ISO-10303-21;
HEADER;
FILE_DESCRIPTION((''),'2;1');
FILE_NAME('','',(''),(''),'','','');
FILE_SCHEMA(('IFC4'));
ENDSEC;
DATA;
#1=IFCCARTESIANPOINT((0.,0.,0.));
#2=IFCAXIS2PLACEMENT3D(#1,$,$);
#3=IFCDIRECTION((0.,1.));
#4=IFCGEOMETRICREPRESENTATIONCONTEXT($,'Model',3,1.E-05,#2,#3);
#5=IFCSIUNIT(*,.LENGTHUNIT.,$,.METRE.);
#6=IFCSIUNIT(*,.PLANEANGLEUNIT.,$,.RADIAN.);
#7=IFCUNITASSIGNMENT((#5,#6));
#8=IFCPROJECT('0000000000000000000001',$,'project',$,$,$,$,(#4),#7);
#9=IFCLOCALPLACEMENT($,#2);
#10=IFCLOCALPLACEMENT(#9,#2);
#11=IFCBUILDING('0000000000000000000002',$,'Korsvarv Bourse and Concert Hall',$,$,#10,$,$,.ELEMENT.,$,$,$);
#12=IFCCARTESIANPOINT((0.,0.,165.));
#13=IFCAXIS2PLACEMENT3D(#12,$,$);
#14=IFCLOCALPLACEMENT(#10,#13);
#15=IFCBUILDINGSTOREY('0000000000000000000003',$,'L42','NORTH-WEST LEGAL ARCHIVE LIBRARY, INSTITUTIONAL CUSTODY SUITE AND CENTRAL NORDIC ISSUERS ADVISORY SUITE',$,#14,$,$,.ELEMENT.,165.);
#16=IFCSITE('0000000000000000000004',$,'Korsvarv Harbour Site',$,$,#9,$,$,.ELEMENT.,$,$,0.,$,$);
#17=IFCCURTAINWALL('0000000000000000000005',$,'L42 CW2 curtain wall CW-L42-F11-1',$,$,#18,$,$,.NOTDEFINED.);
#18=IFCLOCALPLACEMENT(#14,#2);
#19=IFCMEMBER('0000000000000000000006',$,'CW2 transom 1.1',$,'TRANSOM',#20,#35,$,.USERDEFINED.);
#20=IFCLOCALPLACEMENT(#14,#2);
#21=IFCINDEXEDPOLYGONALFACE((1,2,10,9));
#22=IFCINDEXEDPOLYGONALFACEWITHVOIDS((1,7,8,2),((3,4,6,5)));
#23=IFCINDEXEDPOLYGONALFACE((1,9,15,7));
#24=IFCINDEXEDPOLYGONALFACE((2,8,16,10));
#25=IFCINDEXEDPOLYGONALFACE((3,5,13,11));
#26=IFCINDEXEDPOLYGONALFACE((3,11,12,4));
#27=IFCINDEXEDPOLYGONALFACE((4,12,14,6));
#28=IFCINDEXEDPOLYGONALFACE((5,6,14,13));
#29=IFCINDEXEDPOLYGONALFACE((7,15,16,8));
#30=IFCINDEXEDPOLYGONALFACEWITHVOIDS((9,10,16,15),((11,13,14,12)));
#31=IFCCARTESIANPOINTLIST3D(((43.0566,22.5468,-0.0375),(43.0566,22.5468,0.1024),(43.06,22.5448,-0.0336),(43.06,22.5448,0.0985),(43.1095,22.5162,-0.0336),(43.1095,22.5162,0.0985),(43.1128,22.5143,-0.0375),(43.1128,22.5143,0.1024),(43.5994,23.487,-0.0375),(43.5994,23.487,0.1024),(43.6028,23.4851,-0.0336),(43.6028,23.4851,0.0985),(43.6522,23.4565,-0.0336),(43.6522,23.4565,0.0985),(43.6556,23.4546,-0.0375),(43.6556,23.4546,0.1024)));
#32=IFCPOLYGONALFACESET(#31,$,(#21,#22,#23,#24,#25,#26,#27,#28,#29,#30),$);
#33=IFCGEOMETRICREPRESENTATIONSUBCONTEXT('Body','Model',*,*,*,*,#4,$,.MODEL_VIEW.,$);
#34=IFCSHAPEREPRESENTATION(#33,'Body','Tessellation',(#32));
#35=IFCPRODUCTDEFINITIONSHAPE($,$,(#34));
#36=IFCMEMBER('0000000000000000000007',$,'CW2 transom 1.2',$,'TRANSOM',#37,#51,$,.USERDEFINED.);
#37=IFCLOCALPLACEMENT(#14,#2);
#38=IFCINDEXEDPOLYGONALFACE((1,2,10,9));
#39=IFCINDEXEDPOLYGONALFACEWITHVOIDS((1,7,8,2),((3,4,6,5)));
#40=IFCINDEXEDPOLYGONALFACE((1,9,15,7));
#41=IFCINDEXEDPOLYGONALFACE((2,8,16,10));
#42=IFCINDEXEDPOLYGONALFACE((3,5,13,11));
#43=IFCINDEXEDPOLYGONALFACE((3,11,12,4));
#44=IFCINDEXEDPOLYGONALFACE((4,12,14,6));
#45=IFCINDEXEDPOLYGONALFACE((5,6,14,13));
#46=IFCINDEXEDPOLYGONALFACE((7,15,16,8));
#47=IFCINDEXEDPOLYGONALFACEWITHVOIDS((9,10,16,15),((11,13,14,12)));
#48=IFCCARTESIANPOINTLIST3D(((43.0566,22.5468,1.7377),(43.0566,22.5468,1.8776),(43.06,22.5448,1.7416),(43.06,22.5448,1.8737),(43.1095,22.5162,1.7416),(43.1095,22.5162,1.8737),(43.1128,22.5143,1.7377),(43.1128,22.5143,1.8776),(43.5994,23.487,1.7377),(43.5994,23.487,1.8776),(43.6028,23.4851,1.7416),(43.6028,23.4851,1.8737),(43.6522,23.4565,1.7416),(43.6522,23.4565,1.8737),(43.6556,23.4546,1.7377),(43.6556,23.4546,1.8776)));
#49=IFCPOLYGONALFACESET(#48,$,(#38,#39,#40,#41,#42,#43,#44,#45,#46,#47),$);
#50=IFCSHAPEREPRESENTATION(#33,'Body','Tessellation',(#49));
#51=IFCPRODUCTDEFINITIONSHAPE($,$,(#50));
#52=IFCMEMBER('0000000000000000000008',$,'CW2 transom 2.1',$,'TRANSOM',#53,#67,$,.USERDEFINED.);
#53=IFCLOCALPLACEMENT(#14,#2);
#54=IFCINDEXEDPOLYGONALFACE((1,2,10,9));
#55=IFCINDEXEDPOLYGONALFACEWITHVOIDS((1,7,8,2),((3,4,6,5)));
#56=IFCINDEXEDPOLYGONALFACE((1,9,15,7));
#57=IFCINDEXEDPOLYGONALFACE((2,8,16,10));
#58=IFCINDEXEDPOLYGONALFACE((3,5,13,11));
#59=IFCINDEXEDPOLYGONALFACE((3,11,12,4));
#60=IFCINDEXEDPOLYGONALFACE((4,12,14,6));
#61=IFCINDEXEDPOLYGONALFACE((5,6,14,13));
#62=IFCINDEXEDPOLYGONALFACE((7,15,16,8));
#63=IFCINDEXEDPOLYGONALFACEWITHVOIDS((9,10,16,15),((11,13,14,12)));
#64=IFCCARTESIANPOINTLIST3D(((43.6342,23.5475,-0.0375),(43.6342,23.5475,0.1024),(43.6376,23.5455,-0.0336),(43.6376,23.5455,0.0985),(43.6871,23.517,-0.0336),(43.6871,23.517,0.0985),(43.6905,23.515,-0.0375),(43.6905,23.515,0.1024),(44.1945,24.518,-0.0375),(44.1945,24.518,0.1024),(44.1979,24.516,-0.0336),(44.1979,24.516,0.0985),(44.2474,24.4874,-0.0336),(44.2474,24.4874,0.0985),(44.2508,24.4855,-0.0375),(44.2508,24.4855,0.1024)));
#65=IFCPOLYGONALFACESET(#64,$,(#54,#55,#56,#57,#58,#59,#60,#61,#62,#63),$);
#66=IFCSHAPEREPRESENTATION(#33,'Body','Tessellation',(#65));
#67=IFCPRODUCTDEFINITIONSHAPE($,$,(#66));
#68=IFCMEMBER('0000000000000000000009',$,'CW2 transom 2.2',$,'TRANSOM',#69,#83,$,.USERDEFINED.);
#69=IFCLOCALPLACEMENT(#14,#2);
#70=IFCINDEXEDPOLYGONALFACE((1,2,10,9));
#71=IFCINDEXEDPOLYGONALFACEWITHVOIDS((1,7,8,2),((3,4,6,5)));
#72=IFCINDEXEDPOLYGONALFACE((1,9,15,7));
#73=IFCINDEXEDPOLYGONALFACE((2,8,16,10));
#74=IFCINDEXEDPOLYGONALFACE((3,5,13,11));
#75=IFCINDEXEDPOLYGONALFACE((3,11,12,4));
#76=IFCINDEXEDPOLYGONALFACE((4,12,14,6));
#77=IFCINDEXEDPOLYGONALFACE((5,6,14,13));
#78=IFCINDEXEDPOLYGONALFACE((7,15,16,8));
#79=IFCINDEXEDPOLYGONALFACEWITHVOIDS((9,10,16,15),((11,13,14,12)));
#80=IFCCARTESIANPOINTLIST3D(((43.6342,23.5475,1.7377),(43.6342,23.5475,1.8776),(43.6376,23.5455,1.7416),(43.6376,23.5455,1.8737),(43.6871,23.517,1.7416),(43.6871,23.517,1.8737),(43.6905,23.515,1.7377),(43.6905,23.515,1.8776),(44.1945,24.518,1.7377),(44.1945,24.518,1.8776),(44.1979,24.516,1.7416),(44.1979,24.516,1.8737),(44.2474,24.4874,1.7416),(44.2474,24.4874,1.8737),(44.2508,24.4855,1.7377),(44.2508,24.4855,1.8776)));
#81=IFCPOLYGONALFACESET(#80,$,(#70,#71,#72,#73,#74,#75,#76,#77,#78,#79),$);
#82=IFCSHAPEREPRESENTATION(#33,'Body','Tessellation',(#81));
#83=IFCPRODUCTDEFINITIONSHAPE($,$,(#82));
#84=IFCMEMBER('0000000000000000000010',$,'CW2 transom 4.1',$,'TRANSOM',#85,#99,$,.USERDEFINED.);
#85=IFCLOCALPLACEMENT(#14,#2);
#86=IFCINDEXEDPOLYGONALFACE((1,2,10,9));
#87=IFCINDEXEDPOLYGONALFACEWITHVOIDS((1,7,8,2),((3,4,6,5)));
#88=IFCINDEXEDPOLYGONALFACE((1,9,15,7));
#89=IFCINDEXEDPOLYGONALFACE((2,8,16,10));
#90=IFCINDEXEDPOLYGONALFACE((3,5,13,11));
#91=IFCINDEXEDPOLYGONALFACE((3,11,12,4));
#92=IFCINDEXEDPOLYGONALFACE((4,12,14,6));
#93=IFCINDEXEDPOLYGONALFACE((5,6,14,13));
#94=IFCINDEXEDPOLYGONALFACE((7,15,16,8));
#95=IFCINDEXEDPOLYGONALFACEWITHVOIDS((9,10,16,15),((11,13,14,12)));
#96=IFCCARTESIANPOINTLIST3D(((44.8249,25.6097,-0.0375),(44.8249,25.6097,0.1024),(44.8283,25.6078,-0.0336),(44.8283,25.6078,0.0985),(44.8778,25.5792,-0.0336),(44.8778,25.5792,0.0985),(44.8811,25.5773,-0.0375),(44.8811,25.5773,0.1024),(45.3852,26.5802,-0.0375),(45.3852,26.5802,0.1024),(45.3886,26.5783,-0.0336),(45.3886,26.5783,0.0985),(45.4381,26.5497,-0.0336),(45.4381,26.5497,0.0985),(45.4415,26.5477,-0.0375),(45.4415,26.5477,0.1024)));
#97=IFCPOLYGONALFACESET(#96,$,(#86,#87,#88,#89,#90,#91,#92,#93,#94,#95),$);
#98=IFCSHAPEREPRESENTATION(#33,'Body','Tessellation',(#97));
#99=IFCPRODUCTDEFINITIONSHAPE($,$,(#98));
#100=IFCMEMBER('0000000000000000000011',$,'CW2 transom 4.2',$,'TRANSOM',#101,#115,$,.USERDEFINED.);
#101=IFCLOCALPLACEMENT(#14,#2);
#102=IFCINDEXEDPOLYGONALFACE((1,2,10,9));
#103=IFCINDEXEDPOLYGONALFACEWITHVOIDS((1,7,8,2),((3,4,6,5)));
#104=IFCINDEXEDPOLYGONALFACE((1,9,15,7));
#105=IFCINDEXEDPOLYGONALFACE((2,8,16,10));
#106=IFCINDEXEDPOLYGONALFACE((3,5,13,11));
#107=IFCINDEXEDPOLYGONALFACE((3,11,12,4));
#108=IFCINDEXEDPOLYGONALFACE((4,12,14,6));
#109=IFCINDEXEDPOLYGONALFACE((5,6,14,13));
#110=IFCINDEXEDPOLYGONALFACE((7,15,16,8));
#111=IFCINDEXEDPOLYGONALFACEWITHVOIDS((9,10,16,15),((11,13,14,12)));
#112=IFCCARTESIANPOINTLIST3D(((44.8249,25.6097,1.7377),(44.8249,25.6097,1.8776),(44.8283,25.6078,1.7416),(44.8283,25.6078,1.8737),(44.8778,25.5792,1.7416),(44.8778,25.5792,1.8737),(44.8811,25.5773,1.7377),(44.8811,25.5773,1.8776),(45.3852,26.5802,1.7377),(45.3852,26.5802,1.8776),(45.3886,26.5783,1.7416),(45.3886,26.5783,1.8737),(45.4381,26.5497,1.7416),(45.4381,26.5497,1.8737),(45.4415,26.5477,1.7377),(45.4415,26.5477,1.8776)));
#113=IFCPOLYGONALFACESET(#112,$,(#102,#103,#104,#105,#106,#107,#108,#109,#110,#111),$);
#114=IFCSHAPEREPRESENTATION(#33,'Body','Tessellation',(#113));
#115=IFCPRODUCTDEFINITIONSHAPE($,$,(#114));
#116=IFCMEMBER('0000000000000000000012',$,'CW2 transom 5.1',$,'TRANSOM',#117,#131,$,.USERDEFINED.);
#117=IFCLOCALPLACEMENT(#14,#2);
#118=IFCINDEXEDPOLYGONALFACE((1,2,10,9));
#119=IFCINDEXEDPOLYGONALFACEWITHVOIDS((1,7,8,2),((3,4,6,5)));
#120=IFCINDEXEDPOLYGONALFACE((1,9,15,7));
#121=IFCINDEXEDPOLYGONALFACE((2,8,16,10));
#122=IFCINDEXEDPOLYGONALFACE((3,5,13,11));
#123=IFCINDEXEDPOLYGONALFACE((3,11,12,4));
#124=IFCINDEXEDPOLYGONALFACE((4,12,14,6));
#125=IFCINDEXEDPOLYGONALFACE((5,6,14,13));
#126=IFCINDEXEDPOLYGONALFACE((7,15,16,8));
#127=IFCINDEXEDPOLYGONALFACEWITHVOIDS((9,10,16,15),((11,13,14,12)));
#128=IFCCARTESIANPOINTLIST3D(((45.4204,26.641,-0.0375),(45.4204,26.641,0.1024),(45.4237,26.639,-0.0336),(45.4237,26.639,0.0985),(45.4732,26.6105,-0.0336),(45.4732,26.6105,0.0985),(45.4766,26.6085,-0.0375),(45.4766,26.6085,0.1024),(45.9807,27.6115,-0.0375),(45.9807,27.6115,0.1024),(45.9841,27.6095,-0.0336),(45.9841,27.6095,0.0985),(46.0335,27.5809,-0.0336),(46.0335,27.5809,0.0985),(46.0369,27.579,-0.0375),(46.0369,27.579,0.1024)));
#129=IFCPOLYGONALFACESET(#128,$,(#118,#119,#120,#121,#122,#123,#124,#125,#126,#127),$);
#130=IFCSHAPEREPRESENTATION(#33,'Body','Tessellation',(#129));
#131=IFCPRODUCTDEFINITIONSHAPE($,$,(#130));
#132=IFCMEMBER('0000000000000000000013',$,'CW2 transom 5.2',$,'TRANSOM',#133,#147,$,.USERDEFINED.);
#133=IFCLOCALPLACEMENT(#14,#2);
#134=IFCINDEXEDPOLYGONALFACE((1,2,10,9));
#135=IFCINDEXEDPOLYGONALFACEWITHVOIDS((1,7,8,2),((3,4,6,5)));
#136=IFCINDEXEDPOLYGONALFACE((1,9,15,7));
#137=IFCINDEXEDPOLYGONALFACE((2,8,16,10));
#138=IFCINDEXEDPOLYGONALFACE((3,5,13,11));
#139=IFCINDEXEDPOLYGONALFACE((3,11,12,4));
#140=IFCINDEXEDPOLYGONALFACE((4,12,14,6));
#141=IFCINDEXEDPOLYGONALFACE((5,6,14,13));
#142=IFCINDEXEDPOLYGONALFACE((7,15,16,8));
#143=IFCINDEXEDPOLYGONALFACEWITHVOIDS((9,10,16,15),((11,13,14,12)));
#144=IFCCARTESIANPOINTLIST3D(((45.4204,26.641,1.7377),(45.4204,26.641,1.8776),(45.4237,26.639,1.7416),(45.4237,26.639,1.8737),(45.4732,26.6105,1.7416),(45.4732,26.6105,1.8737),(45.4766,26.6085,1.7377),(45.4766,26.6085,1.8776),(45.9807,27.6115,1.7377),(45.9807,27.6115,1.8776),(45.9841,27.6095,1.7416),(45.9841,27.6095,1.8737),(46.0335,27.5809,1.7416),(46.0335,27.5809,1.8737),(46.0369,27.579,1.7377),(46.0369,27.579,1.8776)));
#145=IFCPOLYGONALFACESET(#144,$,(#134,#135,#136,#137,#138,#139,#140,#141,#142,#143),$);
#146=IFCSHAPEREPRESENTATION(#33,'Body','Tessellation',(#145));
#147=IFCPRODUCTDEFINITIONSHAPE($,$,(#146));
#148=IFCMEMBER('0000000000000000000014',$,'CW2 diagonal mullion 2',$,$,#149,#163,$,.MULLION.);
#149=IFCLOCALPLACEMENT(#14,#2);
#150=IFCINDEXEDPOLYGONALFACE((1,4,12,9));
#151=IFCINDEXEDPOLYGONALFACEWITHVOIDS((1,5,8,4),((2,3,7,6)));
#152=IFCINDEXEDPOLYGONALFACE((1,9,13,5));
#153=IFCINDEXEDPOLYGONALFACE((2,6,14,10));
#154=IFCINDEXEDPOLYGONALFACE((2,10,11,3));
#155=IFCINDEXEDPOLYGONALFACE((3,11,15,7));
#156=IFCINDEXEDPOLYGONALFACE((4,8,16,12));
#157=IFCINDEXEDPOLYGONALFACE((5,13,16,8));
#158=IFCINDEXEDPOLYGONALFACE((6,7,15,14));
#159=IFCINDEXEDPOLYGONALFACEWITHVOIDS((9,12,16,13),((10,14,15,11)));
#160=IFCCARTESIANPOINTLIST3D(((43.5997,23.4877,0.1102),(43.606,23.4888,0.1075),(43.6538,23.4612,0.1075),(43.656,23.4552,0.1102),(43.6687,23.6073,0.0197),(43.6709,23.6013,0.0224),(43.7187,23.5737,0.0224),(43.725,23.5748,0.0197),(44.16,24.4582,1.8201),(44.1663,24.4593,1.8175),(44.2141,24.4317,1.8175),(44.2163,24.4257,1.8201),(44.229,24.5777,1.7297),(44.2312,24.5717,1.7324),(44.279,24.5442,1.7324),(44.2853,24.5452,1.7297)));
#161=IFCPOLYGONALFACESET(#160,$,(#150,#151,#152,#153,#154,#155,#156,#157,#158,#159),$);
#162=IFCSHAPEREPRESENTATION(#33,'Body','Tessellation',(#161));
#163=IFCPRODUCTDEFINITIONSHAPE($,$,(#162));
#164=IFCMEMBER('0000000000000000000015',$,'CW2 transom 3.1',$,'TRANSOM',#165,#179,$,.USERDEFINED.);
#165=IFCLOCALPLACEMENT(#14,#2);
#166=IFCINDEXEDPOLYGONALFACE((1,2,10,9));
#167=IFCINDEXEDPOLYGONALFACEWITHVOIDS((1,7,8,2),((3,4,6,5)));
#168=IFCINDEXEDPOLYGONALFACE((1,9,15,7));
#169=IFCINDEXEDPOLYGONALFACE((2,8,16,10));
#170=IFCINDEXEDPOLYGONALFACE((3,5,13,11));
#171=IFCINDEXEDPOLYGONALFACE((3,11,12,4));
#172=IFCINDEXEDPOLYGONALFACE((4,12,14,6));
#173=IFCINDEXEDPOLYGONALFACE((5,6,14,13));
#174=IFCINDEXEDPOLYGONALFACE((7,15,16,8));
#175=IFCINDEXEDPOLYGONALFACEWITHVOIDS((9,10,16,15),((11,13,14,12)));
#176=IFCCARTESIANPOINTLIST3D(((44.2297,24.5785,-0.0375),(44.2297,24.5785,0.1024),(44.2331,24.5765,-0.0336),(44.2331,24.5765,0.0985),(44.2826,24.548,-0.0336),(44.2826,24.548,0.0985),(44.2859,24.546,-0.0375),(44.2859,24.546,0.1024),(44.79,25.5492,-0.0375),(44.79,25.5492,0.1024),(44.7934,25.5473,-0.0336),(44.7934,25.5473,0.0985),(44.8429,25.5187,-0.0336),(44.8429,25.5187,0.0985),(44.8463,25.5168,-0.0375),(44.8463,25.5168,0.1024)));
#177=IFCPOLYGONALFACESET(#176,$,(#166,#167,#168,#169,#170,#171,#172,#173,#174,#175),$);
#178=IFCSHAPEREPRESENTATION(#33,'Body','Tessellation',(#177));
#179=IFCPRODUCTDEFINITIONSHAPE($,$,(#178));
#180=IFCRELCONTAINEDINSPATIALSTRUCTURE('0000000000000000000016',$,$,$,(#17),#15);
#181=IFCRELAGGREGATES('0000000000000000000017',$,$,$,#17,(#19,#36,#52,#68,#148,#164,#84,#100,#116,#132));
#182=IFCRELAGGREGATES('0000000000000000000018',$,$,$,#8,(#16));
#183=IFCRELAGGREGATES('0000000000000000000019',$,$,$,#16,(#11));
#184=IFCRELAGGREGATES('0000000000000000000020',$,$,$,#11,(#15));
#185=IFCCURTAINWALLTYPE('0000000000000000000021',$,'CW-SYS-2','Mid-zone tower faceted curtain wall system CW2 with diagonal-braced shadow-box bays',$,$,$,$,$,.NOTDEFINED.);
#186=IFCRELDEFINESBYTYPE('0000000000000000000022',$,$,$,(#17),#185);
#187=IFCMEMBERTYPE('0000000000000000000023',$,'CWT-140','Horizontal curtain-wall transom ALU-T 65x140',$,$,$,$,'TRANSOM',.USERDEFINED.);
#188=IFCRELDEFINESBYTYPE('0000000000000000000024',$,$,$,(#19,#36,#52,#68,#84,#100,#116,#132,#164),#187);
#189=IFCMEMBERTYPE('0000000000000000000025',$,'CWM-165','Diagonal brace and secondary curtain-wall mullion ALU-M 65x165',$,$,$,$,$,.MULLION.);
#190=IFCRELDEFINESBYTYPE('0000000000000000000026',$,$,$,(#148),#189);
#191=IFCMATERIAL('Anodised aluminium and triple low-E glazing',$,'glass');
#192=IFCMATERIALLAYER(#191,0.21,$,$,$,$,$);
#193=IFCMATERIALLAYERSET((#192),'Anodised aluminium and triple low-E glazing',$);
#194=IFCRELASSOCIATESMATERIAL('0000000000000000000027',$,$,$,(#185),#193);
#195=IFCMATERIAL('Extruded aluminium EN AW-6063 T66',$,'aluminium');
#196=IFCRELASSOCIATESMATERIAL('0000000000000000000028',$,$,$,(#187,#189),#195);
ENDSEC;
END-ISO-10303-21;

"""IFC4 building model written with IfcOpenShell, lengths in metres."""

from ifc_helpers import new_model, si_unit, direction, frame, origin, origin_2d, place, context, subcontext, project, spatial, hollow_rectangle, extrude, source, transform, mapped, material, layer, layer_set, material_profile, profile_set, type_object, element, aggregate, save


model = new_model("IFC4")

# Units and contexts
model_context = context("Model", 3, precision=1e-05, world=origin(), true_north=direction((0.0, 1.0)))
body_context = subcontext(model_context, "Body", "Model", "MODEL_VIEW")
ifc_project = project(units=[si_unit("LENGTHUNIT", "METRE"), si_unit("PLANEANGLEUNIT", "RADIAN")], contexts=[model_context])

# Site, building, storey
site_placement = place(None, origin())
site = spatial("IfcSite", under=ifc_project, at=site_placement, Name="Korsvarv Harbour Site", CompositionType="ELEMENT", RefElevation=0.0)
building_placement = place(site_placement, origin())
building = spatial("IfcBuilding", under=site, at=building_placement, Name="Korsvarv Bourse and Concert Hall", CompositionType="ELEMENT")
storey_placement = place(building_placement, frame((0.0, 0.0, 165.0)))
storey = spatial("IfcBuildingStorey", under=building, at=storey_placement, Name="L42", Description="NORTH-WEST LEGAL ARCHIVE LIBRARY, INSTITUTIONAL CUSTODY SUITE AND CENTRAL NORDIC ISSUERS ADVISORY SUITE", CompositionType="ELEMENT", Elevation=165.0)

# Curtain wall, members
ifc_material_1 = material(Name="Anodised aluminium and triple low-E glazing", Category="glass")
ifc_layer_1 = layer(ifc_material_1, 0.21)
ifc_layer_set_1 = layer_set([ifc_layer_1], Name="Anodised aluminium and triple low-E glazing")
curtain_wall_type = type_object("IfcCurtainWallType", Name="CW-SYS-2", Description="Mid-zone tower faceted curtain wall system CW2 with diagonal-braced shadow-box bays", PredefinedType="NOTDEFINED", material=ifc_layer_set_1)
curtain_wall_placement = place(storey_placement, origin())
curtain_wall = element("IfcCurtainWall", 1, at=curtain_wall_placement, inside=storey, type_object=curtain_wall_type, Name="L42 CW2 curtain wall CW-L42-F11-1", PredefinedType="NOTDEFINED")
ifc_material_2 = material(Name="Extruded aluminium EN AW-6063 T66", Category="aluminium")
ifc_material_profile_1 = material_profile(ifc_material_2, hollow_rectangle(XDim=0.0649, YDim=0.1399, WallThickness=0.0039, at=origin_2d()), Name="ALU-T 65x140")
ifc_profile_set_1 = profile_set([ifc_material_profile_1], Name="Extruded aluminium EN AW-6063 T66")
member_type_1 = type_object("IfcMemberType", Name="CWT-140", Description="Horizontal curtain-wall transom ALU-T 65x140", ElementType="TRANSOM", PredefinedType="USERDEFINED", material=ifc_profile_set_1)
shared_shape_1 = source(origin(), body_context, "Body", "SweptSolid", [
    extrude(hollow_rectangle(XDim=0.0649, YDim=0.1399, WallThickness=0.0039, at=origin_2d()), origin(), (0.0, 0.0, 1.0), 1.0857),
])
member_1_placement = place(storey_placement, frame((43.0847, 22.5305, 0.0325), z_axis=(0.499937, 0.866062, 0.0), x_axis=(-0.866062, 0.499937, 0.0)))
member_1 = element("IfcMember", 2, at=member_1_placement, type_object=member_type_1, Name="CW2 transom 1.1", ObjectType="TRANSOM", PredefinedType="USERDEFINED", context=body_context, shape_type="MappedRepresentation", body=[
    mapped(shared_shape_1, transform((0.0, 0.0, 0.0), scale=1.0)),
])
member_2_placement = place(storey_placement, frame((43.0847, 22.5305, 1.8076), z_axis=(0.499937, 0.866062, 0.0), x_axis=(-0.866062, 0.499937, 0.0)))
member_2 = element("IfcMember", 3, at=member_2_placement, type_object=member_type_1, Name="CW2 transom 1.2", ObjectType="TRANSOM", PredefinedType="USERDEFINED", context=body_context, shape_type="MappedRepresentation", body=[
    mapped(shared_shape_1, transform((0.0, 0.0, 0.0), scale=1.0)),
])
shared_shape_2 = source(origin(), body_context, "Body", "SweptSolid", [
    extrude(hollow_rectangle(XDim=0.0649, YDim=0.1399, WallThickness=0.0039, at=origin_2d()), origin(), (0.0, 0.0, 1.0), 1.1206),
])
member_3_placement = place(storey_placement, frame((43.6624, 23.5312, 0.0325), z_axis=(0.500005, 0.866022, 0.0), x_axis=(-0.866022, 0.500005, 0.0)))
member_3 = element("IfcMember", 4, at=member_3_placement, type_object=member_type_1, Name="CW2 transom 2.1", ObjectType="TRANSOM", PredefinedType="USERDEFINED", context=body_context, shape_type="MappedRepresentation", body=[
    mapped(shared_shape_2, transform((0.0, 0.0, 0.0), scale=1.0)),
])
member_4_placement = place(storey_placement, frame((43.6624, 23.5312, 1.8076), z_axis=(0.500005, 0.866022, 0.0), x_axis=(-0.866022, 0.500005, 0.0)))
member_4 = element("IfcMember", 5, at=member_4_placement, type_object=member_type_1, Name="CW2 transom 2.2", ObjectType="TRANSOM", PredefinedType="USERDEFINED", context=body_context, shape_type="MappedRepresentation", body=[
    mapped(shared_shape_2, transform((0.0, 0.0, 0.0), scale=1.0)),
])
member_5_placement = place(storey_placement, frame((44.853, 25.5935, 0.0325), z_axis=(0.500005, 0.866022, 0.0), x_axis=(-0.866022, 0.500005, 0.0)))
member_5 = element("IfcMember", 6, at=member_5_placement, type_object=member_type_1, Name="CW2 transom 4.1", ObjectType="TRANSOM", PredefinedType="USERDEFINED", context=body_context, shape_type="MappedRepresentation", body=[
    mapped(shared_shape_2, transform((0.0, 0.0, 0.0), scale=1.0)),
])
member_6_placement = place(storey_placement, frame((44.853, 25.5935, 1.8076), z_axis=(0.500005, 0.866022, 0.0), x_axis=(-0.866022, 0.500005, 0.0)))
member_6 = element("IfcMember", 7, at=member_6_placement, type_object=member_type_1, Name="CW2 transom 4.2", ObjectType="TRANSOM", PredefinedType="USERDEFINED", context=body_context, shape_type="MappedRepresentation", body=[
    mapped(shared_shape_2, transform((0.0, 0.0, 0.0), scale=1.0)),
])
member_7_placement = place(storey_placement, frame((45.4485, 26.6248, 0.0325), z_axis=(0.500005, 0.866022, 0.0), x_axis=(-0.866022, 0.500005, 0.0)))
member_7 = element("IfcMember", 8, at=member_7_placement, type_object=member_type_1, Name="CW2 transom 5.1", ObjectType="TRANSOM", PredefinedType="USERDEFINED", context=body_context, shape_type="MappedRepresentation", body=[
    mapped(shared_shape_2, transform((0.0, 0.0, 0.0), scale=1.0)),
])
member_8_placement = place(storey_placement, frame((45.4485, 26.6248, 1.8076), z_axis=(0.500005, 0.866022, 0.0), x_axis=(-0.866022, 0.500005, 0.0)))
member_8 = element("IfcMember", 9, at=member_8_placement, type_object=member_type_1, Name="CW2 transom 5.2", ObjectType="TRANSOM", PredefinedType="USERDEFINED", context=body_context, shape_type="MappedRepresentation", body=[
    mapped(shared_shape_2, transform((0.0, 0.0, 0.0), scale=1.0)),
])
ifc_material_profile_2 = material_profile(ifc_material_2, hollow_rectangle(XDim=0.0649, YDim=0.165, WallThickness=0.0049, at=origin_2d()), Name="ALU-M 65x165")
ifc_profile_set_2 = profile_set([ifc_material_profile_2], Name="Extruded aluminium EN AW-6063 T66")
member_type_2 = type_object("IfcMemberType", Name="CWM-165", Description="Diagonal brace and secondary curtain-wall mullion ALU-M 65x165", PredefinedType="MULLION", material=ifc_profile_set_2)
shared_shape_3 = source(origin(), body_context, "Body", "SweptSolid", [
    extrude(hollow_rectangle(XDim=0.0649, YDim=0.165, WallThickness=0.0049, at=origin_2d()), origin(), (0.0, 0.0, 1.0), 2.0444),
])
member_9_placement = place(storey_placement, frame((43.6624, 23.5312, 0.0649), z_axis=(0.274063, 0.474684, 0.8364), x_axis=(-0.866022, 0.500005, 0.0)))
member_9 = element("IfcMember", 10, at=member_9_placement, type_object=member_type_2, Name="CW2 diagonal mullion 2", PredefinedType="MULLION", context=body_context, shape_type="MappedRepresentation", body=[
    mapped(shared_shape_3, transform((0.0, 0.0, 0.0), scale=1.0)),
])
shared_shape_4 = source(origin(), body_context, "Body", "SweptSolid", [
    extrude(hollow_rectangle(XDim=0.0649, YDim=0.1399, WallThickness=0.0039, at=origin_2d()), origin(), (0.0, 0.0, 1.0), 1.1208),
])
member_10_placement = place(storey_placement, frame((44.2578, 24.5623, 0.0325), z_axis=(0.499911, 0.866077, 0.0), x_axis=(-0.866077, 0.499911, 0.0)))
member_10 = element("IfcMember", 11, at=member_10_placement, type_object=member_type_1, Name="CW2 transom 3.1", ObjectType="TRANSOM", PredefinedType="USERDEFINED", context=body_context, shape_type="MappedRepresentation", body=[
    mapped(shared_shape_4, transform((0.0, 0.0, 0.0), scale=1.0)),
])

aggregate(curtain_wall, [member_1, member_2, member_3, member_4, member_9, member_10, member_5, member_6, member_7, member_8])

save(model, "model.ifc")
